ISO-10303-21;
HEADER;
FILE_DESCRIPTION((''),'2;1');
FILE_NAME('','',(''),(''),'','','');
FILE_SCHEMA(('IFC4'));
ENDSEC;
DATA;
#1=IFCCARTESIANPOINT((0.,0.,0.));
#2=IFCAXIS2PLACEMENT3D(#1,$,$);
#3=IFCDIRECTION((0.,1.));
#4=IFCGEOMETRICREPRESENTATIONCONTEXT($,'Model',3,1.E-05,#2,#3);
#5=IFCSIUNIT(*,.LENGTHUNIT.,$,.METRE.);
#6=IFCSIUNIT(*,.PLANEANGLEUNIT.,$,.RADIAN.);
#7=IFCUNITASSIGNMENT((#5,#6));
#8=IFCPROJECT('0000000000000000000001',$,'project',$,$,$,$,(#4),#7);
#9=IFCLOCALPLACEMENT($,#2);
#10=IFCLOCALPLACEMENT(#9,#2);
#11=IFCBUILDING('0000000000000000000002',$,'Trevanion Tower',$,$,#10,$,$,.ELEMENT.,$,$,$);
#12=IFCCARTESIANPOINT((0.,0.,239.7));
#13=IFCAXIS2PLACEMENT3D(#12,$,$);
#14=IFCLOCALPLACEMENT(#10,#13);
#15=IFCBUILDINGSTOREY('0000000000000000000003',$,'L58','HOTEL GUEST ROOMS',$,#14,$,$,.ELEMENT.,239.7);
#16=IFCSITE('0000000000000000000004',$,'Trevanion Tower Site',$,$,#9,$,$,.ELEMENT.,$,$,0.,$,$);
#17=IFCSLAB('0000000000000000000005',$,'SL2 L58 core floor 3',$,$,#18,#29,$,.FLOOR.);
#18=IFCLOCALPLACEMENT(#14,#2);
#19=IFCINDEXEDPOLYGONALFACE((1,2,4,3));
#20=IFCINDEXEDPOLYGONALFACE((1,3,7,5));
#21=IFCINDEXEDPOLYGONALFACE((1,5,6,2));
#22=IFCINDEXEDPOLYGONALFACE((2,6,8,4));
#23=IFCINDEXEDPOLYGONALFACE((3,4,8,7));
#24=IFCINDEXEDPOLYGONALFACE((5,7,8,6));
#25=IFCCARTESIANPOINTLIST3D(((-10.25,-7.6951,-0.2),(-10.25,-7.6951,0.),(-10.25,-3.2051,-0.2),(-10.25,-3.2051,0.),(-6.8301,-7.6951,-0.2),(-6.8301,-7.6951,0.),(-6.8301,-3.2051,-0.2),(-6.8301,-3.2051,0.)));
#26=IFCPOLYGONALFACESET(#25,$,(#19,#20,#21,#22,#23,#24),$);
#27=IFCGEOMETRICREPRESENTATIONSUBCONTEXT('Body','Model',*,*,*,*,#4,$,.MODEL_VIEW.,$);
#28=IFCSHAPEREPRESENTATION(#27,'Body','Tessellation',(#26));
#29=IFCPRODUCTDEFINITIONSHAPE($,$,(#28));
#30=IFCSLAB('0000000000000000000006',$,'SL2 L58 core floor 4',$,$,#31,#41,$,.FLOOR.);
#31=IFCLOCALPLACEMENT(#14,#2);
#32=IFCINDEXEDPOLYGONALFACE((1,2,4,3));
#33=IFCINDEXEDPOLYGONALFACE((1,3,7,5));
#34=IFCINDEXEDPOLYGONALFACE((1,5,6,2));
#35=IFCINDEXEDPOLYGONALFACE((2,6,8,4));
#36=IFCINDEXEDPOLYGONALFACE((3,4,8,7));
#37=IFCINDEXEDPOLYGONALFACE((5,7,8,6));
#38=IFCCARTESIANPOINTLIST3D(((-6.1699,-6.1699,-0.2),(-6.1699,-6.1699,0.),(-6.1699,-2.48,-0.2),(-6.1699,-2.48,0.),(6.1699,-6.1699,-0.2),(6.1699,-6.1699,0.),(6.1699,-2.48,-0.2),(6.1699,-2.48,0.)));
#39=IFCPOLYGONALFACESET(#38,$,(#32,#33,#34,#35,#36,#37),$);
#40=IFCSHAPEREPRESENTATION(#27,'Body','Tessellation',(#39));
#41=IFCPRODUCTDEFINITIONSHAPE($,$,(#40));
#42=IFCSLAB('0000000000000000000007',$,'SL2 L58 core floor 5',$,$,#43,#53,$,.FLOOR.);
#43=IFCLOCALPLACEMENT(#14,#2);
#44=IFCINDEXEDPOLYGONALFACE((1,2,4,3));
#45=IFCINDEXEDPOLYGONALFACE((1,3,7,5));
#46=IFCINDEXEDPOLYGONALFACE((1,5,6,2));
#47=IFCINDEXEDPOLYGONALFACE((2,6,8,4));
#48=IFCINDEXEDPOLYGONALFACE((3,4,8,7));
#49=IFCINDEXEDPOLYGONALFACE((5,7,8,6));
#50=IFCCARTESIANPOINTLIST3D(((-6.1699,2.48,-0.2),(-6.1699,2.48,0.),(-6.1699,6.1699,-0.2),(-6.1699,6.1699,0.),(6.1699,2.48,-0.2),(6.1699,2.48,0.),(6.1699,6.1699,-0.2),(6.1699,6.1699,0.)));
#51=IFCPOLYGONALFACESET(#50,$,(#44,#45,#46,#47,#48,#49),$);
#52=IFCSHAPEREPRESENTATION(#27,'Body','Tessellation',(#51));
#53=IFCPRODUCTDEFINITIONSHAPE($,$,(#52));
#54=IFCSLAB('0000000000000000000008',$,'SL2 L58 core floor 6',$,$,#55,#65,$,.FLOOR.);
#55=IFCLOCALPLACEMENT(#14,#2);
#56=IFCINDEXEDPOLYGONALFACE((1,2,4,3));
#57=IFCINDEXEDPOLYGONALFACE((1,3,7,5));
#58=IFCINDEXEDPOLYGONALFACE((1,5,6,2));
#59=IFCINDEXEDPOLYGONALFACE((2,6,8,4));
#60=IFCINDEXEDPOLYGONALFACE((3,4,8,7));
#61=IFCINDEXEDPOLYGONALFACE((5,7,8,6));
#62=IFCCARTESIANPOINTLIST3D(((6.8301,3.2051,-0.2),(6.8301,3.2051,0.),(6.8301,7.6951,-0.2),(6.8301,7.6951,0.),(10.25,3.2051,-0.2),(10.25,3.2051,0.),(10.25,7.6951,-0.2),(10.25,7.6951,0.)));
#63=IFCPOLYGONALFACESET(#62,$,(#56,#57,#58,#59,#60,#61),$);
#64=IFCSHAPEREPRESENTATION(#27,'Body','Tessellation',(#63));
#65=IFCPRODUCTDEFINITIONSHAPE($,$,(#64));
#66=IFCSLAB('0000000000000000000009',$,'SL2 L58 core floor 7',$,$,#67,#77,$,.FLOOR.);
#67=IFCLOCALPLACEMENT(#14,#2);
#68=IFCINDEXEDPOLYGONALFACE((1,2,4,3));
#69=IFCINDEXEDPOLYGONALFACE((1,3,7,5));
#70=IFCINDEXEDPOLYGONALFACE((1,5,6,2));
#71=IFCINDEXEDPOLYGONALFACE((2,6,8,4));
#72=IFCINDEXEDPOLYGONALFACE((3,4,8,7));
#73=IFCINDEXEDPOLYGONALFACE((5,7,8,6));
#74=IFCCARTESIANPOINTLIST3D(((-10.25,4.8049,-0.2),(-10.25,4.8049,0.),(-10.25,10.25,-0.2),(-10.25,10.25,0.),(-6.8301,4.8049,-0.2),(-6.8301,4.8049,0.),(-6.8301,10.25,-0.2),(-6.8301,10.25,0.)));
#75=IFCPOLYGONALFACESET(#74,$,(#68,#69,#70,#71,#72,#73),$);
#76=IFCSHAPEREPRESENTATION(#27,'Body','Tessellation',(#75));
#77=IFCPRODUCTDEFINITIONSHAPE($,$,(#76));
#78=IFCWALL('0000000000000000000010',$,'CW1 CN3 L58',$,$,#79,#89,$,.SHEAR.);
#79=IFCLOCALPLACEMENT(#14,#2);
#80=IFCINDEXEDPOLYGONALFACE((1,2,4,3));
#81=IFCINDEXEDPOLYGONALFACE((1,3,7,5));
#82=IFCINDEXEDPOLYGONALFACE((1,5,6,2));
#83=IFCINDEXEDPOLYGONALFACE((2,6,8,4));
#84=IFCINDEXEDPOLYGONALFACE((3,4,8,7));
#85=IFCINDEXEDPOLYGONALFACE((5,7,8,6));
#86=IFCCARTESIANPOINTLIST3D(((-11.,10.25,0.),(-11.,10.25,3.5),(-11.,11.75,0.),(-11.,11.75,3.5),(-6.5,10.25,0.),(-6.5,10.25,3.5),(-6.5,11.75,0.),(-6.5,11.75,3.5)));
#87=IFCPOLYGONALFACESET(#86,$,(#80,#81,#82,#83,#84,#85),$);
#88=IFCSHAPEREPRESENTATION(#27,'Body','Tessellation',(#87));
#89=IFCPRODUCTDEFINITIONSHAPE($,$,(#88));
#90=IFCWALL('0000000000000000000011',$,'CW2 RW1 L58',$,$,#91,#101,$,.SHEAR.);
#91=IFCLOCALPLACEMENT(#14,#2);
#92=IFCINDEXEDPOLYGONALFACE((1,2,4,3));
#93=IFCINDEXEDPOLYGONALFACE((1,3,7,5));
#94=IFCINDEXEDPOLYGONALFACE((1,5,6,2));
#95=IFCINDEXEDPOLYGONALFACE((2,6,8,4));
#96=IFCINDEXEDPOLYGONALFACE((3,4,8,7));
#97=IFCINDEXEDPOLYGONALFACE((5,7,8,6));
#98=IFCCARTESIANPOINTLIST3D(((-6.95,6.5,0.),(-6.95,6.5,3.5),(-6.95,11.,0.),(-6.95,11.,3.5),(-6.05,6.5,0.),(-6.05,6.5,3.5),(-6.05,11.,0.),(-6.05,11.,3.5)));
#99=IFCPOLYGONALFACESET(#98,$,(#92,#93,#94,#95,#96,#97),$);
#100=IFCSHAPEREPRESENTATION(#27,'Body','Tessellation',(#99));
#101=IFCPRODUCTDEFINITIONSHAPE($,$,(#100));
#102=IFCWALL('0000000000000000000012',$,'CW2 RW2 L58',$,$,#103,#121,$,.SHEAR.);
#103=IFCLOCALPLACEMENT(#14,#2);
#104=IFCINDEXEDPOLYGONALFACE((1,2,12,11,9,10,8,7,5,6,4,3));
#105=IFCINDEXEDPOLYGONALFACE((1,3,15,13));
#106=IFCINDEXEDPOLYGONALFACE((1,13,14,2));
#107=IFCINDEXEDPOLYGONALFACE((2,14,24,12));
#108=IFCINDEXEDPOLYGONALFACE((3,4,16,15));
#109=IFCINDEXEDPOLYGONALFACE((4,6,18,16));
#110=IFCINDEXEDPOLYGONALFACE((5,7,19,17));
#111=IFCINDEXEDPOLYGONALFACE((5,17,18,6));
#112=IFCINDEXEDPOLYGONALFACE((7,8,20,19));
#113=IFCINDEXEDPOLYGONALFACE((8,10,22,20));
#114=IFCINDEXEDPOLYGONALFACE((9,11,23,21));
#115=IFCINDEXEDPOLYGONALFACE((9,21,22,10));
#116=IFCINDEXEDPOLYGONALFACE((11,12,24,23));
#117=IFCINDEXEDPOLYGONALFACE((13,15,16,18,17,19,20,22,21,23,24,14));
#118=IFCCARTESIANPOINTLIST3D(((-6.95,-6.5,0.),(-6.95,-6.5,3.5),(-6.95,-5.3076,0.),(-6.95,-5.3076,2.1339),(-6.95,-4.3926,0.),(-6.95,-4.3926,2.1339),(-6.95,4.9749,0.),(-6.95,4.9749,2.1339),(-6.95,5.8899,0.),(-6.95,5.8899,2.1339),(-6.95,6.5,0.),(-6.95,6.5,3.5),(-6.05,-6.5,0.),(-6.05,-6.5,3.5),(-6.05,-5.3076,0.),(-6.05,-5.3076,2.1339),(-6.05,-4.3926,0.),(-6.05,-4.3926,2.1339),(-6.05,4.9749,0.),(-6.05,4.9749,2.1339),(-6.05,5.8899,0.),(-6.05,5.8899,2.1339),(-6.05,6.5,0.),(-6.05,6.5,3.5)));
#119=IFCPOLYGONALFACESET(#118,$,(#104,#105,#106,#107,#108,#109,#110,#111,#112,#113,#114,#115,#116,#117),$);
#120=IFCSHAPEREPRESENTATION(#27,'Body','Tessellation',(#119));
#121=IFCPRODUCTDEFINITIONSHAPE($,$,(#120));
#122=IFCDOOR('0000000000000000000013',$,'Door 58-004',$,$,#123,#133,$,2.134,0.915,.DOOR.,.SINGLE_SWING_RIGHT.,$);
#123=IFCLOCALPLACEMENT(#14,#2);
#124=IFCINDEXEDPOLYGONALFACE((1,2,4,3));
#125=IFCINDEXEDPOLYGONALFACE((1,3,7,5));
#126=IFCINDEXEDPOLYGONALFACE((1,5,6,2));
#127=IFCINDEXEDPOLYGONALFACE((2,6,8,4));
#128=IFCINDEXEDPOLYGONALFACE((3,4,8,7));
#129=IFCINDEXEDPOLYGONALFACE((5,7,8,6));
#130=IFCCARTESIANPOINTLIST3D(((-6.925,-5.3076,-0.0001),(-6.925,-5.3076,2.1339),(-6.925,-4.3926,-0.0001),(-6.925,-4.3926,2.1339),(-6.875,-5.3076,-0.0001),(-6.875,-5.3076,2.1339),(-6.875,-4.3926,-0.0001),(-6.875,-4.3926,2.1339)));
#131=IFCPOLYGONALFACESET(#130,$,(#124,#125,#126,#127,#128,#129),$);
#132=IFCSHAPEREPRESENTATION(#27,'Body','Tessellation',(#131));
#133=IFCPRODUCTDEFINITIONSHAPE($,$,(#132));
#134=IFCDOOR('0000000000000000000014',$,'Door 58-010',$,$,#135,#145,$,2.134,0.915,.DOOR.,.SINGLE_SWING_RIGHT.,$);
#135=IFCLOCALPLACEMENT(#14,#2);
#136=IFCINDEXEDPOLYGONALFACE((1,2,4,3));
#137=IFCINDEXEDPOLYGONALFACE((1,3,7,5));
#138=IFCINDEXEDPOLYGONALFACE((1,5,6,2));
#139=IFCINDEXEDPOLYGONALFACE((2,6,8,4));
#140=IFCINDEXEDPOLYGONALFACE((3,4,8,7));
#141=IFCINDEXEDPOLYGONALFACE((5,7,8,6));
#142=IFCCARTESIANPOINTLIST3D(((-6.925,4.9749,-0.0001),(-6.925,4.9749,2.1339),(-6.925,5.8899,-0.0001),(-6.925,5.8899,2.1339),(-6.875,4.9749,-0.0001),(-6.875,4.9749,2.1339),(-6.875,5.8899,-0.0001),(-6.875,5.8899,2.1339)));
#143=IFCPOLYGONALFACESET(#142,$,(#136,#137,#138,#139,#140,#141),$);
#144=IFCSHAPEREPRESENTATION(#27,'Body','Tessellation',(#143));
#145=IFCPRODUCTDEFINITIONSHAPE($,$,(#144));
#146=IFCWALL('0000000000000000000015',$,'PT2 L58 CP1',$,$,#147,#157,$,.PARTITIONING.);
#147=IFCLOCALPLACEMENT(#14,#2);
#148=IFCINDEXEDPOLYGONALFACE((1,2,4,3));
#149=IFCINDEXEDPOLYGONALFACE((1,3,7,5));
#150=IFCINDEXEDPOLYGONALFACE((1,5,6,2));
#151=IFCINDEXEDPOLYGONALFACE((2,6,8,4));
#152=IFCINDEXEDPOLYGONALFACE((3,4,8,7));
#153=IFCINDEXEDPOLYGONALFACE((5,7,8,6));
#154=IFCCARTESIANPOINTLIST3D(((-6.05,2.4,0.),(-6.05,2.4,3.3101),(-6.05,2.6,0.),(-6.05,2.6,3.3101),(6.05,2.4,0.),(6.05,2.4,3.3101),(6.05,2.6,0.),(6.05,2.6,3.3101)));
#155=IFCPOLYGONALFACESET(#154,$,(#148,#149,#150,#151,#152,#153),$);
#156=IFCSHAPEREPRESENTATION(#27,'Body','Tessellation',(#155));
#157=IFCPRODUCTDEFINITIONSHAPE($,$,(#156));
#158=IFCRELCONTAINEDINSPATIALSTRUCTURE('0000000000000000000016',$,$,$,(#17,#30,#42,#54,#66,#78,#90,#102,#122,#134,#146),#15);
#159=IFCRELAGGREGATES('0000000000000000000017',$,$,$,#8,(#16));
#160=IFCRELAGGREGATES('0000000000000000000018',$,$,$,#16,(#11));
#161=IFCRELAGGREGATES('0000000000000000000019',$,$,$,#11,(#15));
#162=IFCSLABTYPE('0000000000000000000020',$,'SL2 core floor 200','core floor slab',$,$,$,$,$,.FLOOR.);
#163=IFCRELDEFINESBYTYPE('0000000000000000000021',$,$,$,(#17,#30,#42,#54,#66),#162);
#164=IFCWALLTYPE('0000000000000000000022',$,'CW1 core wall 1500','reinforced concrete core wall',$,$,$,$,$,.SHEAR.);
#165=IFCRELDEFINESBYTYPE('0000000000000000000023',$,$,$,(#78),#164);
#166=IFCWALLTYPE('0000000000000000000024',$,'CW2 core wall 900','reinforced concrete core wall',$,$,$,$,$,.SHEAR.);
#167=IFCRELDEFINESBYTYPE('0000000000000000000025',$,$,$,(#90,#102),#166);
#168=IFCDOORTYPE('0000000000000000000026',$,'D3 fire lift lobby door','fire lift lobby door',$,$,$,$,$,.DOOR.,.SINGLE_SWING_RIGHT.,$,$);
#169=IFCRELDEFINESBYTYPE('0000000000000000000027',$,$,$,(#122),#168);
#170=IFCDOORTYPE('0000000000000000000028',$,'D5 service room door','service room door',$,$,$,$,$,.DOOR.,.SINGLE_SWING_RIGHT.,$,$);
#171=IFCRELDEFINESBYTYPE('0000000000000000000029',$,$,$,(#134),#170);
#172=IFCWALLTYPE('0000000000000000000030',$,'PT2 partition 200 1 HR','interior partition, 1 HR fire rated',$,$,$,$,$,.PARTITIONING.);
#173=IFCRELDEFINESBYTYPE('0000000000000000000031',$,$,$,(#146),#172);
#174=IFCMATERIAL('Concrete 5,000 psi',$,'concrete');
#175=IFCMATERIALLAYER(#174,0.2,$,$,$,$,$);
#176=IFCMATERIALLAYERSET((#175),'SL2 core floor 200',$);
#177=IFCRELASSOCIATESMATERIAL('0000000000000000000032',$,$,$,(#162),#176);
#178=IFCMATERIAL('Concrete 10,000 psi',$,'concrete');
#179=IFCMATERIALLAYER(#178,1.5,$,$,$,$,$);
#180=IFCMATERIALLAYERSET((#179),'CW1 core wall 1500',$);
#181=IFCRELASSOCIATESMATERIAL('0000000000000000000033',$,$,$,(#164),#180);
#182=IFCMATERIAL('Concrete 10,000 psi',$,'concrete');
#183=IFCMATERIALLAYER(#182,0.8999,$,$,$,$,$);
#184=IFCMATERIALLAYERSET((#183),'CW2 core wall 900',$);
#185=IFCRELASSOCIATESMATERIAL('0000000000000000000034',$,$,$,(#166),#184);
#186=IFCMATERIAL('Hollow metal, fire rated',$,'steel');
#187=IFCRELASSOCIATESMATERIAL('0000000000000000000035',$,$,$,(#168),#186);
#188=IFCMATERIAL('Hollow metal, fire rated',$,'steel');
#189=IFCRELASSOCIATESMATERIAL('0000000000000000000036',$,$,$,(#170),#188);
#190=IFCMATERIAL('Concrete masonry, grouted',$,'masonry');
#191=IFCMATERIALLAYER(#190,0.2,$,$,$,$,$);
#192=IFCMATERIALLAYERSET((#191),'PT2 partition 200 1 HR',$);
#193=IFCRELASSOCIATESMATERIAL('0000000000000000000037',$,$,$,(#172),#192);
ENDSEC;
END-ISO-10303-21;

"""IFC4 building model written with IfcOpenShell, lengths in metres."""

from ifc_helpers import new_model, si_unit, direction, frame, frame_2d, origin, place, context, subcontext, project, spatial, polyline, rectangle, outline, extrude, material, layer, layer_set, type_object, element, fill, save


model = new_model("IFC4")

# Units and contexts
model_context = context("Model", 3, precision=1e-05, world=origin(), true_north=direction((0.0, 1.0)))
body_context = subcontext(model_context, "Body", "Model", "MODEL_VIEW")
ifc_project = project(units=[si_unit("LENGTHUNIT", "METRE"), si_unit("PLANEANGLEUNIT", "RADIAN")], contexts=[model_context])

# Site, building, storey
site_placement = place(None, origin())
site = spatial("IfcSite", under=ifc_project, at=site_placement, Name="Trevanion Tower Site", CompositionType="ELEMENT", RefElevation=0.0)
building_placement = place(site_placement, origin())
building = spatial("IfcBuilding", under=site, at=building_placement, Name="Trevanion Tower", CompositionType="ELEMENT")
storey_placement = place(building_placement, frame((0.0, 0.0, 239.7)))
storey = spatial("IfcBuildingStorey", under=building, at=storey_placement, Name="L58", Description="HOTEL GUEST ROOMS", CompositionType="ELEMENT", Elevation=239.7)

# Slabs
ifc_material_1 = material(Name="Concrete 5,000 psi", Category="concrete")
ifc_layer_1 = layer(ifc_material_1, 0.2)
ifc_layer_set_1 = layer_set([ifc_layer_1], Name="SL2 core floor 200")
slab_type = type_object("IfcSlabType", Name="SL2 core floor 200", Description="core floor slab", PredefinedType="FLOOR", material=ifc_layer_set_1)
slab_1_placement = place(storey_placement, frame((0.0, 0.0, -0.2)))
element("IfcSlab", 1, at=slab_1_placement, inside=storey, type_object=slab_type, Name="SL2 L58 core floor 3", PredefinedType="FLOOR", context=body_context, shape_type="SweptSolid", body=[
    extrude(outline(polyline([(-6.8301, -3.2051), (-6.8301, -7.6951), (-10.25, -7.6951), (-10.25, -3.2051), (-6.8301, -3.2051)])), origin(), (0.0, 0.0, 1.0), 0.2),
])
slab_2_placement = place(storey_placement, frame((0.0, 0.0, -0.2)))
element("IfcSlab", 2, at=slab_2_placement, inside=storey, type_object=slab_type, Name="SL2 L58 core floor 4", PredefinedType="FLOOR", context=body_context, shape_type="SweptSolid", body=[
    extrude(outline(polyline([(6.1699, -6.1699), (-6.1699, -6.1699), (-6.1699, -2.48), (6.1699, -2.48), (6.1699, -6.1699)])), origin(), (0.0, 0.0, 1.0), 0.2),
])
slab_3_placement = place(storey_placement, frame((0.0, 0.0, -0.2)))
element("IfcSlab", 3, at=slab_3_placement, inside=storey, type_object=slab_type, Name="SL2 L58 core floor 5", PredefinedType="FLOOR", context=body_context, shape_type="SweptSolid", body=[
    extrude(outline(polyline([(6.1699, 2.48), (-6.1699, 2.48), (-6.1699, 6.1699), (6.1699, 6.1699), (6.1699, 2.48)])), origin(), (0.0, 0.0, 1.0), 0.2),
])
slab_4_placement = place(storey_placement, frame((0.0, 0.0, -0.2)))
element("IfcSlab", 4, at=slab_4_placement, inside=storey, type_object=slab_type, Name="SL2 L58 core floor 6", PredefinedType="FLOOR", context=body_context, shape_type="SweptSolid", body=[
    extrude(outline(polyline([(6.8301, 3.2051), (6.8301, 7.6951), (10.25, 7.6951), (10.25, 3.2051), (6.8301, 3.2051)])), origin(), (0.0, 0.0, 1.0), 0.2),
])
slab_5_placement = place(storey_placement, frame((0.0, 0.0, -0.2)))
element("IfcSlab", 5, at=slab_5_placement, inside=storey, type_object=slab_type, Name="SL2 L58 core floor 7", PredefinedType="FLOOR", context=body_context, shape_type="SweptSolid", body=[
    extrude(outline(polyline([(-6.8301, 4.8049), (-10.25, 4.8049), (-10.25, 10.25), (-6.8301, 10.25), (-6.8301, 4.8049)])), origin(), (0.0, 0.0, 1.0), 0.2),
])

# Walls
ifc_material_2 = material(Name="Concrete 10,000 psi", Category="concrete")
ifc_layer_2 = layer(ifc_material_2, 1.5)
ifc_layer_set_2 = layer_set([ifc_layer_2], Name="CW1 core wall 1500")
wall_type_1 = type_object("IfcWallType", Name="CW1 core wall 1500", Description="reinforced concrete core wall", PredefinedType="SHEAR", material=ifc_layer_set_2)
wall_1_placement = place(storey_placement, frame((-6.5, 11.0, 0.0), z_axis=(0.0, 0.0, 1.0), x_axis=(-1.0, 0.0, 0.0)))
element("IfcWall", 6, at=wall_1_placement, inside=storey, type_object=wall_type_1, Name="CW1 CN3 L58", PredefinedType="SHEAR", context=body_context, shape_type="SweptSolid", body=[
    extrude(rectangle(XDim=4.5, YDim=1.5, at=frame_2d((2.25, 0.0))), origin(), (0.0, 0.0, 1.0), 3.5),
])
ifc_material_3 = material(Name="Concrete 10,000 psi", Category="concrete")
ifc_layer_3 = layer(ifc_material_3, 0.8999)
ifc_layer_set_3 = layer_set([ifc_layer_3], Name="CW2 core wall 900")
wall_type_2 = type_object("IfcWallType", Name="CW2 core wall 900", Description="reinforced concrete core wall", PredefinedType="SHEAR", material=ifc_layer_set_3)
wall_2_placement = place(storey_placement, frame((-6.5, 11.0, 0.0), z_axis=(0.0, 0.0, 1.0), x_axis=(0.0, -1.0, 0.0)))
element("IfcWall", 7, at=wall_2_placement, inside=storey, type_object=wall_type_2, Name="CW2 RW1 L58", PredefinedType="SHEAR", context=body_context, shape_type="SweptSolid", body=[
    extrude(rectangle(XDim=4.5, YDim=0.8999, at=frame_2d((2.25, 0.0))), origin(), (0.0, 0.0, 1.0), 3.5),
])

# Wall, openings, doors
wall_3_placement = place(storey_placement, frame((-6.5, 6.5, 0.0), z_axis=(0.0, 0.0, 1.0), x_axis=(0.0, -1.0, 0.0)))
wall_3 = element("IfcWall", 8, at=wall_3_placement, inside=storey, type_object=wall_type_2, Name="CW2 RW2 L58", PredefinedType="SHEAR", context=body_context, shape_type="SweptSolid", body=[
    extrude(rectangle(XDim=13.0, YDim=0.8999, at=frame_2d((6.5, 0.0))), origin(), (0.0, 0.0, 1.0), 3.5),
])
opening_1_placement = place(wall_3_placement, frame((10.8926, 0.0, 0.0)))
opening_1 = element("IfcOpeningElement", 9, at=opening_1_placement, cuts=wall_3, PredefinedType="OPENING", context=body_context, shape_type="SweptSolid", body=[
    extrude(rectangle(XDim=0.915, YDim=2.134, at=frame_2d((0.4575, 1.0669))), frame((0.0, 0.46, 0.0), z_axis=(0.0, -1.0, 0.0), x_axis=(1.0, 0.0, 0.0)), (0.0, 0.0, 1.0), 0.9199),
])
opening_2_placement = place(wall_3_placement, frame((0.6101, 0.0, 0.0)))
opening_2 = element("IfcOpeningElement", 10, at=opening_2_placement, cuts=wall_3, PredefinedType="OPENING", context=body_context, shape_type="SweptSolid", body=[
    extrude(rectangle(XDim=0.915, YDim=2.134, at=frame_2d((0.4575, 1.0669))), frame((0.0, 0.46, 0.0), z_axis=(0.0, -1.0, 0.0), x_axis=(1.0, 0.0, 0.0)), (0.0, 0.0, 1.0), 0.9199),
])
ifc_material_4 = material(Name="Hollow metal, fire rated", Category="steel")
door_type_1 = type_object("IfcDoorType", Name="D3 fire lift lobby door", Description="fire lift lobby door", OperationType="SINGLE_SWING_RIGHT", PredefinedType="DOOR", material=ifc_material_4)
door_1_placement = place(opening_1_placement, origin())
door_1 = element("IfcDoor", 11, at=door_1_placement, inside=storey, type_object=door_type_1, Name="Door 58-004", OperationType="SINGLE_SWING_RIGHT", OverallHeight=2.134, OverallWidth=0.915, PredefinedType="DOOR", context=body_context, shape_type="SweptSolid", body=[
    extrude(rectangle(XDim=0.915, YDim=2.134, at=frame_2d((0.4575, 1.0669))), frame((0.0, -0.375, 0.0), z_axis=(0.0, -1.0, 0.0), x_axis=(1.0, 0.0, 0.0)), (0.0, 0.0, 1.0), 0.05),
])
fill(opening_1, door_1)
ifc_material_5 = material(Name="Hollow metal, fire rated", Category="steel")
door_type_2 = type_object("IfcDoorType", Name="D5 service room door", Description="service room door", OperationType="SINGLE_SWING_RIGHT", PredefinedType="DOOR", material=ifc_material_5)
door_2_placement = place(opening_2_placement, origin())
door_2 = element("IfcDoor", 12, at=door_2_placement, inside=storey, type_object=door_type_2, Name="Door 58-010", OperationType="SINGLE_SWING_RIGHT", OverallHeight=2.134, OverallWidth=0.915, PredefinedType="DOOR", context=body_context, shape_type="SweptSolid", body=[
    extrude(rectangle(XDim=0.915, YDim=2.134, at=frame_2d((0.4575, 1.0669))), frame((0.0, -0.375, 0.0), z_axis=(0.0, -1.0, 0.0), x_axis=(1.0, 0.0, 0.0)), (0.0, 0.0, 1.0), 0.05),
])
fill(opening_2, door_2)

# Wall
ifc_material_6 = material(Name="Concrete masonry, grouted", Category="masonry")
ifc_layer_4 = layer(ifc_material_6, 0.2)
ifc_layer_set_4 = layer_set([ifc_layer_4], Name="PT2 partition 200 1 HR")
wall_type_3 = type_object("IfcWallType", Name="PT2 partition 200 1 HR", Description="interior partition, 1 HR fire rated", PredefinedType="PARTITIONING", material=ifc_layer_set_4)
wall_4_placement = place(storey_placement, frame((-6.05, 2.5, 0.0), z_axis=(0.0, 0.0, 1.0), x_axis=(1.0, 0.0, 0.0)))
element("IfcWall", 13, at=wall_4_placement, inside=storey, type_object=wall_type_3, Name="PT2 L58 CP1", PredefinedType="PARTITIONING", context=body_context, shape_type="SweptSolid", body=[
    extrude(rectangle(XDim=12.1001, YDim=0.2, at=frame_2d((6.05, 0.0))), origin(), (0.0, 0.0, 1.0), 3.3101),
])

save(model, "model.ifc")
